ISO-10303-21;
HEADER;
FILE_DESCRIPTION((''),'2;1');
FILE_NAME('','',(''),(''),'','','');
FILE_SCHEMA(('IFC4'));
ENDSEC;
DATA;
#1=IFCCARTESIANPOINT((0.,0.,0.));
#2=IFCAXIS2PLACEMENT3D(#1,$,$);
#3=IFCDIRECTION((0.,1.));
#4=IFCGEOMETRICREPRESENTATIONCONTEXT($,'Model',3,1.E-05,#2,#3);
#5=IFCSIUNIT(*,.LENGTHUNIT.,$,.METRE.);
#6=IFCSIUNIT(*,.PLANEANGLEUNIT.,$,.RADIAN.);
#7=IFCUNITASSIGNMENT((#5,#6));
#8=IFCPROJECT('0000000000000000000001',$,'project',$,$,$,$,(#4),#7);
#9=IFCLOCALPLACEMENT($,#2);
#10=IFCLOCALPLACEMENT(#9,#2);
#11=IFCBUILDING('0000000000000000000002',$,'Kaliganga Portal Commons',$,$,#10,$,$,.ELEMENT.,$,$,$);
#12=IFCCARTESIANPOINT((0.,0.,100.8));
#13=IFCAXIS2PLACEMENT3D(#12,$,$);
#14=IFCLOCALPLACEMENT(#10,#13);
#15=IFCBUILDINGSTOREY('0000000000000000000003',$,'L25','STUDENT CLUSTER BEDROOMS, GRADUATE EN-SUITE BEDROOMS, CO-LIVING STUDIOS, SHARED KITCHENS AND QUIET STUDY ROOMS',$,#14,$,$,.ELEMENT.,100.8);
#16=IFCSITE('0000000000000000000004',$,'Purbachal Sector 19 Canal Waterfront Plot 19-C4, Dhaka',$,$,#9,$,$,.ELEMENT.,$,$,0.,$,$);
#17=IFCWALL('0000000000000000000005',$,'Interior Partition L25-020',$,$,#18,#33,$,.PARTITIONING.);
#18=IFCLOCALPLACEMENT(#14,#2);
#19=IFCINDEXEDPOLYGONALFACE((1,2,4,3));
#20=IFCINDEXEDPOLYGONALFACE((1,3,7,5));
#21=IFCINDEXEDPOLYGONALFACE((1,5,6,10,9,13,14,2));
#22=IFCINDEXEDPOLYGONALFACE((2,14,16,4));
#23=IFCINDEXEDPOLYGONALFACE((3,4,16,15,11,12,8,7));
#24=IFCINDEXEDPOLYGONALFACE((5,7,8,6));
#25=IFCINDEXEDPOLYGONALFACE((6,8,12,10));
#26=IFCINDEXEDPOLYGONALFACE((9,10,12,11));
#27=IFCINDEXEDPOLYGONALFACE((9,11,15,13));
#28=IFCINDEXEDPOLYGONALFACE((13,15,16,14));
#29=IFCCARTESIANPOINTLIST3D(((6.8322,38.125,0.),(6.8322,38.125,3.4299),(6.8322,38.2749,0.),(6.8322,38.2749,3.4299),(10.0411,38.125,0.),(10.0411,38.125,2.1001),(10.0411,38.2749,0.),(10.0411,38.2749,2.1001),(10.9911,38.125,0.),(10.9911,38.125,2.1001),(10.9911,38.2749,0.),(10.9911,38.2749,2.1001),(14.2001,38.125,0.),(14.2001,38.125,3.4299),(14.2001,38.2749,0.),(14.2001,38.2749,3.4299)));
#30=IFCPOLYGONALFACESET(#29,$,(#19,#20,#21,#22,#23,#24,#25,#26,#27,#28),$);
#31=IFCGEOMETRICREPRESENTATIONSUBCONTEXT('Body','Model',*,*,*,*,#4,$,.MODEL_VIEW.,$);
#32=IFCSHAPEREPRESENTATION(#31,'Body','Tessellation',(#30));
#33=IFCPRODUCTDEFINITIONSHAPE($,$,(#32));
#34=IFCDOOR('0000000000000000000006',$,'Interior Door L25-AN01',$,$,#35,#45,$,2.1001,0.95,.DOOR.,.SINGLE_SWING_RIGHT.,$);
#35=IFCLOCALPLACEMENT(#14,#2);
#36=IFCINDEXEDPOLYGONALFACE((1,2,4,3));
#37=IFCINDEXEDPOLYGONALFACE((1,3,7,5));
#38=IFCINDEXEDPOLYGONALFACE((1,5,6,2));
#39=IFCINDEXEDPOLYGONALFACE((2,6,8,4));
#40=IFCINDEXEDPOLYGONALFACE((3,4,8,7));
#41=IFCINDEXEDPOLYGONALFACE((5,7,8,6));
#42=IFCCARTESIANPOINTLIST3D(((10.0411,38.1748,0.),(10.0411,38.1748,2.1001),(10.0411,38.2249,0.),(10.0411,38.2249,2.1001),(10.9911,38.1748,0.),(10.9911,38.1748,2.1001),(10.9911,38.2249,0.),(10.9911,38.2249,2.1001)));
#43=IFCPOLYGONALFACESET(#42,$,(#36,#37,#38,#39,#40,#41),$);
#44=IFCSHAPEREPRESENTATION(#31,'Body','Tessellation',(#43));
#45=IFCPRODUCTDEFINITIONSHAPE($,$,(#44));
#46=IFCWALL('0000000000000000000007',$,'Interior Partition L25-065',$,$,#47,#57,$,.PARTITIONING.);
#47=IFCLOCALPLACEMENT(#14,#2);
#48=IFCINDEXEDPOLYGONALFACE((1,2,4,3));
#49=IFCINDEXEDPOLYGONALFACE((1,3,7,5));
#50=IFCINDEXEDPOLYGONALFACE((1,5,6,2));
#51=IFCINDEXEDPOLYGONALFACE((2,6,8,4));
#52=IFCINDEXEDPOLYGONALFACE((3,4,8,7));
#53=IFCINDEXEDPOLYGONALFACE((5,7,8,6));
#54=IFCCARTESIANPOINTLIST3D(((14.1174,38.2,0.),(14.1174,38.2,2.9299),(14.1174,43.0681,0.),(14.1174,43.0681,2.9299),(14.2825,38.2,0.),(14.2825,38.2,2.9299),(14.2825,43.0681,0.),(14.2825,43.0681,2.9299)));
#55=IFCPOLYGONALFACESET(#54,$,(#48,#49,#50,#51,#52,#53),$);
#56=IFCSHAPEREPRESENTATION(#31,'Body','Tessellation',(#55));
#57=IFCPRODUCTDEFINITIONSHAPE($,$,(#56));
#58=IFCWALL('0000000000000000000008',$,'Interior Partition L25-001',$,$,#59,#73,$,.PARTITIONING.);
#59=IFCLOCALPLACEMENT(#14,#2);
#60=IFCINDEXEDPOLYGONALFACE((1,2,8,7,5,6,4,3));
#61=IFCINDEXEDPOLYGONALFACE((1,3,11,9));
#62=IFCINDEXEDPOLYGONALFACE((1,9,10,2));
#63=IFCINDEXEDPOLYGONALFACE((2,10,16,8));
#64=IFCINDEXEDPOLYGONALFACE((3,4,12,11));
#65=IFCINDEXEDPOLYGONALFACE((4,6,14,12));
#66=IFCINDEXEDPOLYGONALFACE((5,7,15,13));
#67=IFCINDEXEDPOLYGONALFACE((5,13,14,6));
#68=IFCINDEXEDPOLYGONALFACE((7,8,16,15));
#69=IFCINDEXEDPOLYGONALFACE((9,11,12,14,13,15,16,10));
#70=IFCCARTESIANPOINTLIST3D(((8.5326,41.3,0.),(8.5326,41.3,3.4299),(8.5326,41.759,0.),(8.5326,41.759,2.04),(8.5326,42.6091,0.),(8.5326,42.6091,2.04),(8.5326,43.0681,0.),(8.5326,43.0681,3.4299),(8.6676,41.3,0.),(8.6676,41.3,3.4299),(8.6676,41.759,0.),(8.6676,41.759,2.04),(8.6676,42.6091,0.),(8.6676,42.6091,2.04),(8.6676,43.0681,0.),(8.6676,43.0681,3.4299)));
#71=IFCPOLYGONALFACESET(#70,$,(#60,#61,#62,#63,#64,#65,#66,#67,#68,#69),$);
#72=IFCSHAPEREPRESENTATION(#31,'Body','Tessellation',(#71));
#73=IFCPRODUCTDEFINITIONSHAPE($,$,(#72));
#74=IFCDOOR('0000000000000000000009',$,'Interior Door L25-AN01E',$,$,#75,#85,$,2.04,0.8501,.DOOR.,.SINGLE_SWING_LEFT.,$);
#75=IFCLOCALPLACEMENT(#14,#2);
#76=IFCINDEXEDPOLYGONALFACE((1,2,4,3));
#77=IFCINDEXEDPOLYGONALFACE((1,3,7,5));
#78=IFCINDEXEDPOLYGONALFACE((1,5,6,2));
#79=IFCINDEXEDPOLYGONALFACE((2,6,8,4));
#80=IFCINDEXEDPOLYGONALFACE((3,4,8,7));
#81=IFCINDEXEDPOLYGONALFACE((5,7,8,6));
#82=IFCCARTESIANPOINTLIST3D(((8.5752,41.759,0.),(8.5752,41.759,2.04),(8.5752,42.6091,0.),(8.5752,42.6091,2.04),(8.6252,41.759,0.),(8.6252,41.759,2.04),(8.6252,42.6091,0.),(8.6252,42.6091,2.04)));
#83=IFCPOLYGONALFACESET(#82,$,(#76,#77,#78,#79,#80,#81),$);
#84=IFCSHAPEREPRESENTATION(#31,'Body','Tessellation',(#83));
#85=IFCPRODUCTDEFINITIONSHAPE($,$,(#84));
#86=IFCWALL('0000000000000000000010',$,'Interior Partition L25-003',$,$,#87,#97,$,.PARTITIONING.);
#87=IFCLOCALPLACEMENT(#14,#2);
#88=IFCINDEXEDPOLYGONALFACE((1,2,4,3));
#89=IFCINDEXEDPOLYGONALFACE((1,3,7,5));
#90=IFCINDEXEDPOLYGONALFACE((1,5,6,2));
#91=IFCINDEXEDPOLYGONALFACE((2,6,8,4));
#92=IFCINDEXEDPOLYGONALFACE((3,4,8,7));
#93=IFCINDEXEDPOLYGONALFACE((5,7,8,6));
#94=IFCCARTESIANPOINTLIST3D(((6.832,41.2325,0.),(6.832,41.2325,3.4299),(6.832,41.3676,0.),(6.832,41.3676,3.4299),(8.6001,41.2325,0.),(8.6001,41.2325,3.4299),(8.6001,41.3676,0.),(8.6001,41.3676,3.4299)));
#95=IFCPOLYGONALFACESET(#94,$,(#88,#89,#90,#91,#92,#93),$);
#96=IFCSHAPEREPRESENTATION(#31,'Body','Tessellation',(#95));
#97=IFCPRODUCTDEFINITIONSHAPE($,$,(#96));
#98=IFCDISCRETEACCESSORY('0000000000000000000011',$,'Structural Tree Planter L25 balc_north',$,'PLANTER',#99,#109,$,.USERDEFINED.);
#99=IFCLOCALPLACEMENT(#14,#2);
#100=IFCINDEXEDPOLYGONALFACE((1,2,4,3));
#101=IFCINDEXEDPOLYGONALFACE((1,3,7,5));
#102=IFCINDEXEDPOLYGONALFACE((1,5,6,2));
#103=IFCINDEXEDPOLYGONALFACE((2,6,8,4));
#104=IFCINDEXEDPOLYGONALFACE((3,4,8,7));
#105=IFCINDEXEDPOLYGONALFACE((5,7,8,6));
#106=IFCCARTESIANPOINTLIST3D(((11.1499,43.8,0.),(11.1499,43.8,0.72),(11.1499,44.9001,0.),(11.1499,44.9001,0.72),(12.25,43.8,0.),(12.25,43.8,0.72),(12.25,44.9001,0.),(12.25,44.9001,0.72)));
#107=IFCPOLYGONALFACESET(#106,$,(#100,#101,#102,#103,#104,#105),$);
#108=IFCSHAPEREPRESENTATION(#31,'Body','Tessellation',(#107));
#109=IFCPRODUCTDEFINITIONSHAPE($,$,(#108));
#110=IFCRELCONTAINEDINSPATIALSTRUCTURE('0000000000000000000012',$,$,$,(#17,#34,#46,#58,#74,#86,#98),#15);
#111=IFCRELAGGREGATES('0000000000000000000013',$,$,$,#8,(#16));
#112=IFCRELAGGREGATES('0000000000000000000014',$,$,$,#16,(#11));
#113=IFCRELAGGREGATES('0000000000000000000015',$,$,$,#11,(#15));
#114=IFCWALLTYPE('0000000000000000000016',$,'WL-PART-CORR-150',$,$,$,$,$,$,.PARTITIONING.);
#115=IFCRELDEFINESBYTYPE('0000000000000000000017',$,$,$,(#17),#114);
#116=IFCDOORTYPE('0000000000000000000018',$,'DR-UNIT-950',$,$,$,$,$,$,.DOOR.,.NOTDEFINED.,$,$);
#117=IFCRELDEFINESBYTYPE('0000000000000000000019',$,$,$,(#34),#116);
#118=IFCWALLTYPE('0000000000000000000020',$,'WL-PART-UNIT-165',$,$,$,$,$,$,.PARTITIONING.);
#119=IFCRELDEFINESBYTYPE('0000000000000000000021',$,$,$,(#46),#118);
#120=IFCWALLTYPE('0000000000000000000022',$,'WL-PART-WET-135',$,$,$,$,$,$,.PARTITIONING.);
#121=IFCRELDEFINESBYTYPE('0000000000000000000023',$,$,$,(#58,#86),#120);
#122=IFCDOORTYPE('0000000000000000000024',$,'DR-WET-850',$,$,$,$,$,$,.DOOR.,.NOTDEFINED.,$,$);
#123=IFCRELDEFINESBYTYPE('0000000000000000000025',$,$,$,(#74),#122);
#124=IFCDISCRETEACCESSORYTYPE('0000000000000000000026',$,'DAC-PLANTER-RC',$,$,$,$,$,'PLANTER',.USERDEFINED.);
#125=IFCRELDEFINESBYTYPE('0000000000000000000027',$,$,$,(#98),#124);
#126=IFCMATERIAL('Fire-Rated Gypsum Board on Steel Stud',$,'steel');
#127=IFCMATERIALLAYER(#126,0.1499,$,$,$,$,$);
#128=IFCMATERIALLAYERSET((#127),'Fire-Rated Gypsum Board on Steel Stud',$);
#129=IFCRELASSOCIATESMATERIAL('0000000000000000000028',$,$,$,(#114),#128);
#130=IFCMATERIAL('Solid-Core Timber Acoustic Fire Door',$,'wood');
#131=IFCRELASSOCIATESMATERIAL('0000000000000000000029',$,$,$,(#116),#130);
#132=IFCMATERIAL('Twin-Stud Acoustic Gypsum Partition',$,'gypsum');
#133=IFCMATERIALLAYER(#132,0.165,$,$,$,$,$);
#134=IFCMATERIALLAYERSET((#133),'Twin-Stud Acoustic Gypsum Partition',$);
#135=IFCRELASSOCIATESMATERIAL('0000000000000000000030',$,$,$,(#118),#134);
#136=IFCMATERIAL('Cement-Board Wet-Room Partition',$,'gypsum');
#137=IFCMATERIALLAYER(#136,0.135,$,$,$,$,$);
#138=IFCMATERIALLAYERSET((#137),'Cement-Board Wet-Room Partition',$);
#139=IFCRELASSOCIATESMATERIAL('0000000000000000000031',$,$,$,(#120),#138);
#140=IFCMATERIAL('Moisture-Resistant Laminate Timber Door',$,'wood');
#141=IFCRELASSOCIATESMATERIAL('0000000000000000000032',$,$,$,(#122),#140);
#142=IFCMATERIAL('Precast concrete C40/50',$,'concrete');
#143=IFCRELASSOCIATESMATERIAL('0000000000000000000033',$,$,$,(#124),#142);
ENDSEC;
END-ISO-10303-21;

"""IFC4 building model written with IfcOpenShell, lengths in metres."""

from ifc_helpers import new_model, si_unit, direction, frame, frame_2d, origin, origin_2d, place, context, subcontext, project, spatial, rectangle, extrude, source, transform, mapped, material, layer, layer_set, type_object, element, fill, save


model = new_model("IFC4")

# Units and contexts
model_context = context("Model", 3, precision=1e-05, world=origin(), true_north=direction((0.0, 1.0)))
body_context = subcontext(model_context, "Body", "Model", "MODEL_VIEW")
ifc_project = project(units=[si_unit("LENGTHUNIT", "METRE"), si_unit("PLANEANGLEUNIT", "RADIAN")], contexts=[model_context])

# Site, building, storey
site_placement = place(None, origin())
site = spatial("IfcSite", under=ifc_project, at=site_placement, Name="Purbachal Sector 19 Canal Waterfront Plot 19-C4, Dhaka", CompositionType="ELEMENT", RefElevation=0.0)
building_placement = place(site_placement, origin())
building = spatial("IfcBuilding", under=site, at=building_placement, Name="Kaliganga Portal Commons", CompositionType="ELEMENT")
storey_placement = place(building_placement, frame((0.0, 0.0, 100.8)))
storey = spatial("IfcBuildingStorey", under=building, at=storey_placement, Name="L25", Description="STUDENT CLUSTER BEDROOMS, GRADUATE EN-SUITE BEDROOMS, CO-LIVING STUDIOS, SHARED KITCHENS AND QUIET STUDY ROOMS", CompositionType="ELEMENT", Elevation=100.8)

# Wall, opening, door
ifc_material_1 = material(Name="Fire-Rated Gypsum Board on Steel Stud", Category="steel")
ifc_layer_1 = layer(ifc_material_1, 0.1499)
ifc_layer_set_1 = layer_set([ifc_layer_1], Name="Fire-Rated Gypsum Board on Steel Stud")
wall_type_1 = type_object("IfcWallType", Name="WL-PART-CORR-150", PredefinedType="PARTITIONING", material=ifc_layer_set_1)
ifc_material_2 = material(Name="Solid-Core Timber Acoustic Fire Door", Category="wood")
door_type_1 = type_object("IfcDoorType", Name="DR-UNIT-950", OperationType="NOTDEFINED", PredefinedType="DOOR", material=ifc_material_2)
wall_1_placement = place(storey_placement, frame((6.832, 38.2, 0.0), z_axis=(0.0, 0.0, 1.0), x_axis=(1.0, 0.0, 0.0)))
wall_1 = element("IfcWall", 1, at=wall_1_placement, inside=storey, type_object=wall_type_1, Name="Interior Partition L25-020", PredefinedType="PARTITIONING", context=body_context, shape_type="SweptSolid", body=[
    extrude(rectangle(XDim=7.3679, YDim=0.1499, at=frame_2d((3.6841, 0.0))), origin(), (0.0, 0.0, 1.0), 3.4299),
])
opening_1_placement = place(wall_1_placement, frame((3.209, 0.0, 0.0)))
opening_1 = element("IfcOpeningElement", 2, at=opening_1_placement, cuts=wall_1, PredefinedType="OPENING", context=body_context, shape_type="SweptSolid", body=[
    extrude(rectangle(XDim=0.95, YDim=2.1001, at=frame_2d((0.4751, 1.05))), frame((0.0, 0.085, 0.0), z_axis=(0.0, -1.0, 0.0), x_axis=(1.0, 0.0, 0.0)), (0.0, 0.0, 1.0), 0.1699),
])
door_1_placement = place(opening_1_placement, origin())
door_1 = element("IfcDoor", 3, at=door_1_placement, inside=storey, type_object=door_type_1, Name="Interior Door L25-AN01", OperationType="SINGLE_SWING_RIGHT", OverallHeight=2.1001, OverallWidth=0.95, PredefinedType="DOOR", context=body_context, shape_type="SweptSolid", body=[
    extrude(rectangle(XDim=0.95, YDim=2.1001, at=frame_2d((0.4751, 1.05))), frame((0.0, 0.0249, 0.0), z_axis=(0.0, -1.0, 0.0), x_axis=(1.0, 0.0, 0.0)), (0.0, 0.0, 1.0), 0.05),
])
fill(opening_1, door_1)

# Wall
ifc_material_3 = material(Name="Twin-Stud Acoustic Gypsum Partition", Category="gypsum")
ifc_layer_2 = layer(ifc_material_3, 0.165)
ifc_layer_set_2 = layer_set([ifc_layer_2], Name="Twin-Stud Acoustic Gypsum Partition")
wall_type_2 = type_object("IfcWallType", Name="WL-PART-UNIT-165", PredefinedType="PARTITIONING", material=ifc_layer_set_2)
wall_2_placement = place(storey_placement, frame((14.2, 38.2, 0.0), z_axis=(0.0, 0.0, 1.0), x_axis=(0.0, 1.0, 0.0)))
element("IfcWall", 4, at=wall_2_placement, inside=storey, type_object=wall_type_2, Name="Interior Partition L25-065", PredefinedType="PARTITIONING", context=body_context, shape_type="SweptSolid", body=[
    extrude(rectangle(XDim=4.8682, YDim=0.165, at=frame_2d((2.4341, 0.0))), origin(), (0.0, 0.0, 1.0), 2.9299),
])

# Wall, opening, door
ifc_material_4 = material(Name="Cement-Board Wet-Room Partition", Category="gypsum")
ifc_layer_3 = layer(ifc_material_4, 0.135)
ifc_layer_set_3 = layer_set([ifc_layer_3], Name="Cement-Board Wet-Room Partition")
wall_type_3 = type_object("IfcWallType", Name="WL-PART-WET-135", PredefinedType="PARTITIONING", material=ifc_layer_set_3)
wall_3_placement = place(storey_placement, frame((8.6001, 41.3, 0.0), z_axis=(0.0, 0.0, 1.0), x_axis=(0.0, 1.0, 0.0)))
wall_3 = element("IfcWall", 5, at=wall_3_placement, inside=storey, type_object=wall_type_3, Name="Interior Partition L25-001", PredefinedType="PARTITIONING", context=body_context, shape_type="SweptSolid", body=[
    extrude(rectangle(XDim=1.7681, YDim=0.135, at=frame_2d((0.884, 0.0))), origin(), (0.0, 0.0, 1.0), 3.4299),
])
opening_2_placement = place(wall_3_placement, frame((0.459, 0.0, 0.0)))
opening_2 = element("IfcOpeningElement", 6, at=opening_2_placement, cuts=wall_3, PredefinedType="OPENING", context=body_context, shape_type="SweptSolid", body=[
    extrude(rectangle(XDim=0.8501, YDim=2.04, at=frame_2d((0.425, 1.02))), frame((0.0, 0.0776, 0.0), z_axis=(0.0, -1.0, 0.0), x_axis=(1.0, 0.0, 0.0)), (0.0, 0.0, 1.0), 0.155),
])
ifc_material_5 = material(Name="Moisture-Resistant Laminate Timber Door", Category="wood")
door_type_2 = type_object("IfcDoorType", Name="DR-WET-850", OperationType="NOTDEFINED", PredefinedType="DOOR", material=ifc_material_5)
door_2_placement = place(opening_2_placement, origin())
door_2 = element("IfcDoor", 7, at=door_2_placement, inside=storey, type_object=door_type_2, Name="Interior Door L25-AN01E", OperationType="SINGLE_SWING_LEFT", OverallHeight=2.04, OverallWidth=0.8501, PredefinedType="DOOR", context=body_context, shape_type="SweptSolid", body=[
    extrude(rectangle(XDim=0.8501, YDim=2.04, at=frame_2d((0.425, 1.02))), frame((0.0, 0.0249, 0.0), z_axis=(0.0, -1.0, 0.0), x_axis=(1.0, 0.0, 0.0)), (0.0, 0.0, 1.0), 0.05),
])
fill(opening_2, door_2)

# Wall
wall_4_placement = place(storey_placement, frame((6.832, 41.3, 0.0), z_axis=(0.0, 0.0, 1.0), x_axis=(1.0, 0.0, 0.0)))
element("IfcWall", 8, at=wall_4_placement, inside=storey, type_object=wall_type_3, Name="Interior Partition L25-003", PredefinedType="PARTITIONING", context=body_context, shape_type="SweptSolid", body=[
    extrude(rectangle(XDim=1.7681, YDim=0.135, at=frame_2d((0.884, 0.0))), origin(), (0.0, 0.0, 1.0), 3.4299),
])

# Discrete accessory
ifc_material_6 = material(Name="Precast concrete C40/50", Category="concrete")
discrete_accessory_type = type_object("IfcDiscreteAccessoryType", Name="DAC-PLANTER-RC", ElementType="PLANTER", PredefinedType="USERDEFINED", material=ifc_material_6)
shared_shape_1 = source(origin(), body_context, "Body", "SweptSolid", [
    extrude(rectangle(XDim=1.1001, YDim=1.1001, at=origin_2d()), origin(), (0.0, 0.0, 1.0), 0.72),
])
discrete_accessory_placement = place(storey_placement, frame((11.7, 44.3501, 0.0), z_axis=(0.0, 0.0, 1.0), x_axis=(1.0, 0.0, 0.0)))
element("IfcDiscreteAccessory", 9, at=discrete_accessory_placement, inside=storey, type_object=discrete_accessory_type, Name="Structural Tree Planter L25 balc_north", ObjectType="PLANTER", PredefinedType="USERDEFINED", context=body_context, shape_type="MappedRepresentation", body=[
    mapped(shared_shape_1, transform((0.0, 0.0, 0.0), x_axis=(1.0, 0.0, 0.0), y_axis=(0.0, 1.0, 0.0), z_axis=(0.0, 0.0, 1.0), scale=1.0)),
])

save(model, "model.ifc")
